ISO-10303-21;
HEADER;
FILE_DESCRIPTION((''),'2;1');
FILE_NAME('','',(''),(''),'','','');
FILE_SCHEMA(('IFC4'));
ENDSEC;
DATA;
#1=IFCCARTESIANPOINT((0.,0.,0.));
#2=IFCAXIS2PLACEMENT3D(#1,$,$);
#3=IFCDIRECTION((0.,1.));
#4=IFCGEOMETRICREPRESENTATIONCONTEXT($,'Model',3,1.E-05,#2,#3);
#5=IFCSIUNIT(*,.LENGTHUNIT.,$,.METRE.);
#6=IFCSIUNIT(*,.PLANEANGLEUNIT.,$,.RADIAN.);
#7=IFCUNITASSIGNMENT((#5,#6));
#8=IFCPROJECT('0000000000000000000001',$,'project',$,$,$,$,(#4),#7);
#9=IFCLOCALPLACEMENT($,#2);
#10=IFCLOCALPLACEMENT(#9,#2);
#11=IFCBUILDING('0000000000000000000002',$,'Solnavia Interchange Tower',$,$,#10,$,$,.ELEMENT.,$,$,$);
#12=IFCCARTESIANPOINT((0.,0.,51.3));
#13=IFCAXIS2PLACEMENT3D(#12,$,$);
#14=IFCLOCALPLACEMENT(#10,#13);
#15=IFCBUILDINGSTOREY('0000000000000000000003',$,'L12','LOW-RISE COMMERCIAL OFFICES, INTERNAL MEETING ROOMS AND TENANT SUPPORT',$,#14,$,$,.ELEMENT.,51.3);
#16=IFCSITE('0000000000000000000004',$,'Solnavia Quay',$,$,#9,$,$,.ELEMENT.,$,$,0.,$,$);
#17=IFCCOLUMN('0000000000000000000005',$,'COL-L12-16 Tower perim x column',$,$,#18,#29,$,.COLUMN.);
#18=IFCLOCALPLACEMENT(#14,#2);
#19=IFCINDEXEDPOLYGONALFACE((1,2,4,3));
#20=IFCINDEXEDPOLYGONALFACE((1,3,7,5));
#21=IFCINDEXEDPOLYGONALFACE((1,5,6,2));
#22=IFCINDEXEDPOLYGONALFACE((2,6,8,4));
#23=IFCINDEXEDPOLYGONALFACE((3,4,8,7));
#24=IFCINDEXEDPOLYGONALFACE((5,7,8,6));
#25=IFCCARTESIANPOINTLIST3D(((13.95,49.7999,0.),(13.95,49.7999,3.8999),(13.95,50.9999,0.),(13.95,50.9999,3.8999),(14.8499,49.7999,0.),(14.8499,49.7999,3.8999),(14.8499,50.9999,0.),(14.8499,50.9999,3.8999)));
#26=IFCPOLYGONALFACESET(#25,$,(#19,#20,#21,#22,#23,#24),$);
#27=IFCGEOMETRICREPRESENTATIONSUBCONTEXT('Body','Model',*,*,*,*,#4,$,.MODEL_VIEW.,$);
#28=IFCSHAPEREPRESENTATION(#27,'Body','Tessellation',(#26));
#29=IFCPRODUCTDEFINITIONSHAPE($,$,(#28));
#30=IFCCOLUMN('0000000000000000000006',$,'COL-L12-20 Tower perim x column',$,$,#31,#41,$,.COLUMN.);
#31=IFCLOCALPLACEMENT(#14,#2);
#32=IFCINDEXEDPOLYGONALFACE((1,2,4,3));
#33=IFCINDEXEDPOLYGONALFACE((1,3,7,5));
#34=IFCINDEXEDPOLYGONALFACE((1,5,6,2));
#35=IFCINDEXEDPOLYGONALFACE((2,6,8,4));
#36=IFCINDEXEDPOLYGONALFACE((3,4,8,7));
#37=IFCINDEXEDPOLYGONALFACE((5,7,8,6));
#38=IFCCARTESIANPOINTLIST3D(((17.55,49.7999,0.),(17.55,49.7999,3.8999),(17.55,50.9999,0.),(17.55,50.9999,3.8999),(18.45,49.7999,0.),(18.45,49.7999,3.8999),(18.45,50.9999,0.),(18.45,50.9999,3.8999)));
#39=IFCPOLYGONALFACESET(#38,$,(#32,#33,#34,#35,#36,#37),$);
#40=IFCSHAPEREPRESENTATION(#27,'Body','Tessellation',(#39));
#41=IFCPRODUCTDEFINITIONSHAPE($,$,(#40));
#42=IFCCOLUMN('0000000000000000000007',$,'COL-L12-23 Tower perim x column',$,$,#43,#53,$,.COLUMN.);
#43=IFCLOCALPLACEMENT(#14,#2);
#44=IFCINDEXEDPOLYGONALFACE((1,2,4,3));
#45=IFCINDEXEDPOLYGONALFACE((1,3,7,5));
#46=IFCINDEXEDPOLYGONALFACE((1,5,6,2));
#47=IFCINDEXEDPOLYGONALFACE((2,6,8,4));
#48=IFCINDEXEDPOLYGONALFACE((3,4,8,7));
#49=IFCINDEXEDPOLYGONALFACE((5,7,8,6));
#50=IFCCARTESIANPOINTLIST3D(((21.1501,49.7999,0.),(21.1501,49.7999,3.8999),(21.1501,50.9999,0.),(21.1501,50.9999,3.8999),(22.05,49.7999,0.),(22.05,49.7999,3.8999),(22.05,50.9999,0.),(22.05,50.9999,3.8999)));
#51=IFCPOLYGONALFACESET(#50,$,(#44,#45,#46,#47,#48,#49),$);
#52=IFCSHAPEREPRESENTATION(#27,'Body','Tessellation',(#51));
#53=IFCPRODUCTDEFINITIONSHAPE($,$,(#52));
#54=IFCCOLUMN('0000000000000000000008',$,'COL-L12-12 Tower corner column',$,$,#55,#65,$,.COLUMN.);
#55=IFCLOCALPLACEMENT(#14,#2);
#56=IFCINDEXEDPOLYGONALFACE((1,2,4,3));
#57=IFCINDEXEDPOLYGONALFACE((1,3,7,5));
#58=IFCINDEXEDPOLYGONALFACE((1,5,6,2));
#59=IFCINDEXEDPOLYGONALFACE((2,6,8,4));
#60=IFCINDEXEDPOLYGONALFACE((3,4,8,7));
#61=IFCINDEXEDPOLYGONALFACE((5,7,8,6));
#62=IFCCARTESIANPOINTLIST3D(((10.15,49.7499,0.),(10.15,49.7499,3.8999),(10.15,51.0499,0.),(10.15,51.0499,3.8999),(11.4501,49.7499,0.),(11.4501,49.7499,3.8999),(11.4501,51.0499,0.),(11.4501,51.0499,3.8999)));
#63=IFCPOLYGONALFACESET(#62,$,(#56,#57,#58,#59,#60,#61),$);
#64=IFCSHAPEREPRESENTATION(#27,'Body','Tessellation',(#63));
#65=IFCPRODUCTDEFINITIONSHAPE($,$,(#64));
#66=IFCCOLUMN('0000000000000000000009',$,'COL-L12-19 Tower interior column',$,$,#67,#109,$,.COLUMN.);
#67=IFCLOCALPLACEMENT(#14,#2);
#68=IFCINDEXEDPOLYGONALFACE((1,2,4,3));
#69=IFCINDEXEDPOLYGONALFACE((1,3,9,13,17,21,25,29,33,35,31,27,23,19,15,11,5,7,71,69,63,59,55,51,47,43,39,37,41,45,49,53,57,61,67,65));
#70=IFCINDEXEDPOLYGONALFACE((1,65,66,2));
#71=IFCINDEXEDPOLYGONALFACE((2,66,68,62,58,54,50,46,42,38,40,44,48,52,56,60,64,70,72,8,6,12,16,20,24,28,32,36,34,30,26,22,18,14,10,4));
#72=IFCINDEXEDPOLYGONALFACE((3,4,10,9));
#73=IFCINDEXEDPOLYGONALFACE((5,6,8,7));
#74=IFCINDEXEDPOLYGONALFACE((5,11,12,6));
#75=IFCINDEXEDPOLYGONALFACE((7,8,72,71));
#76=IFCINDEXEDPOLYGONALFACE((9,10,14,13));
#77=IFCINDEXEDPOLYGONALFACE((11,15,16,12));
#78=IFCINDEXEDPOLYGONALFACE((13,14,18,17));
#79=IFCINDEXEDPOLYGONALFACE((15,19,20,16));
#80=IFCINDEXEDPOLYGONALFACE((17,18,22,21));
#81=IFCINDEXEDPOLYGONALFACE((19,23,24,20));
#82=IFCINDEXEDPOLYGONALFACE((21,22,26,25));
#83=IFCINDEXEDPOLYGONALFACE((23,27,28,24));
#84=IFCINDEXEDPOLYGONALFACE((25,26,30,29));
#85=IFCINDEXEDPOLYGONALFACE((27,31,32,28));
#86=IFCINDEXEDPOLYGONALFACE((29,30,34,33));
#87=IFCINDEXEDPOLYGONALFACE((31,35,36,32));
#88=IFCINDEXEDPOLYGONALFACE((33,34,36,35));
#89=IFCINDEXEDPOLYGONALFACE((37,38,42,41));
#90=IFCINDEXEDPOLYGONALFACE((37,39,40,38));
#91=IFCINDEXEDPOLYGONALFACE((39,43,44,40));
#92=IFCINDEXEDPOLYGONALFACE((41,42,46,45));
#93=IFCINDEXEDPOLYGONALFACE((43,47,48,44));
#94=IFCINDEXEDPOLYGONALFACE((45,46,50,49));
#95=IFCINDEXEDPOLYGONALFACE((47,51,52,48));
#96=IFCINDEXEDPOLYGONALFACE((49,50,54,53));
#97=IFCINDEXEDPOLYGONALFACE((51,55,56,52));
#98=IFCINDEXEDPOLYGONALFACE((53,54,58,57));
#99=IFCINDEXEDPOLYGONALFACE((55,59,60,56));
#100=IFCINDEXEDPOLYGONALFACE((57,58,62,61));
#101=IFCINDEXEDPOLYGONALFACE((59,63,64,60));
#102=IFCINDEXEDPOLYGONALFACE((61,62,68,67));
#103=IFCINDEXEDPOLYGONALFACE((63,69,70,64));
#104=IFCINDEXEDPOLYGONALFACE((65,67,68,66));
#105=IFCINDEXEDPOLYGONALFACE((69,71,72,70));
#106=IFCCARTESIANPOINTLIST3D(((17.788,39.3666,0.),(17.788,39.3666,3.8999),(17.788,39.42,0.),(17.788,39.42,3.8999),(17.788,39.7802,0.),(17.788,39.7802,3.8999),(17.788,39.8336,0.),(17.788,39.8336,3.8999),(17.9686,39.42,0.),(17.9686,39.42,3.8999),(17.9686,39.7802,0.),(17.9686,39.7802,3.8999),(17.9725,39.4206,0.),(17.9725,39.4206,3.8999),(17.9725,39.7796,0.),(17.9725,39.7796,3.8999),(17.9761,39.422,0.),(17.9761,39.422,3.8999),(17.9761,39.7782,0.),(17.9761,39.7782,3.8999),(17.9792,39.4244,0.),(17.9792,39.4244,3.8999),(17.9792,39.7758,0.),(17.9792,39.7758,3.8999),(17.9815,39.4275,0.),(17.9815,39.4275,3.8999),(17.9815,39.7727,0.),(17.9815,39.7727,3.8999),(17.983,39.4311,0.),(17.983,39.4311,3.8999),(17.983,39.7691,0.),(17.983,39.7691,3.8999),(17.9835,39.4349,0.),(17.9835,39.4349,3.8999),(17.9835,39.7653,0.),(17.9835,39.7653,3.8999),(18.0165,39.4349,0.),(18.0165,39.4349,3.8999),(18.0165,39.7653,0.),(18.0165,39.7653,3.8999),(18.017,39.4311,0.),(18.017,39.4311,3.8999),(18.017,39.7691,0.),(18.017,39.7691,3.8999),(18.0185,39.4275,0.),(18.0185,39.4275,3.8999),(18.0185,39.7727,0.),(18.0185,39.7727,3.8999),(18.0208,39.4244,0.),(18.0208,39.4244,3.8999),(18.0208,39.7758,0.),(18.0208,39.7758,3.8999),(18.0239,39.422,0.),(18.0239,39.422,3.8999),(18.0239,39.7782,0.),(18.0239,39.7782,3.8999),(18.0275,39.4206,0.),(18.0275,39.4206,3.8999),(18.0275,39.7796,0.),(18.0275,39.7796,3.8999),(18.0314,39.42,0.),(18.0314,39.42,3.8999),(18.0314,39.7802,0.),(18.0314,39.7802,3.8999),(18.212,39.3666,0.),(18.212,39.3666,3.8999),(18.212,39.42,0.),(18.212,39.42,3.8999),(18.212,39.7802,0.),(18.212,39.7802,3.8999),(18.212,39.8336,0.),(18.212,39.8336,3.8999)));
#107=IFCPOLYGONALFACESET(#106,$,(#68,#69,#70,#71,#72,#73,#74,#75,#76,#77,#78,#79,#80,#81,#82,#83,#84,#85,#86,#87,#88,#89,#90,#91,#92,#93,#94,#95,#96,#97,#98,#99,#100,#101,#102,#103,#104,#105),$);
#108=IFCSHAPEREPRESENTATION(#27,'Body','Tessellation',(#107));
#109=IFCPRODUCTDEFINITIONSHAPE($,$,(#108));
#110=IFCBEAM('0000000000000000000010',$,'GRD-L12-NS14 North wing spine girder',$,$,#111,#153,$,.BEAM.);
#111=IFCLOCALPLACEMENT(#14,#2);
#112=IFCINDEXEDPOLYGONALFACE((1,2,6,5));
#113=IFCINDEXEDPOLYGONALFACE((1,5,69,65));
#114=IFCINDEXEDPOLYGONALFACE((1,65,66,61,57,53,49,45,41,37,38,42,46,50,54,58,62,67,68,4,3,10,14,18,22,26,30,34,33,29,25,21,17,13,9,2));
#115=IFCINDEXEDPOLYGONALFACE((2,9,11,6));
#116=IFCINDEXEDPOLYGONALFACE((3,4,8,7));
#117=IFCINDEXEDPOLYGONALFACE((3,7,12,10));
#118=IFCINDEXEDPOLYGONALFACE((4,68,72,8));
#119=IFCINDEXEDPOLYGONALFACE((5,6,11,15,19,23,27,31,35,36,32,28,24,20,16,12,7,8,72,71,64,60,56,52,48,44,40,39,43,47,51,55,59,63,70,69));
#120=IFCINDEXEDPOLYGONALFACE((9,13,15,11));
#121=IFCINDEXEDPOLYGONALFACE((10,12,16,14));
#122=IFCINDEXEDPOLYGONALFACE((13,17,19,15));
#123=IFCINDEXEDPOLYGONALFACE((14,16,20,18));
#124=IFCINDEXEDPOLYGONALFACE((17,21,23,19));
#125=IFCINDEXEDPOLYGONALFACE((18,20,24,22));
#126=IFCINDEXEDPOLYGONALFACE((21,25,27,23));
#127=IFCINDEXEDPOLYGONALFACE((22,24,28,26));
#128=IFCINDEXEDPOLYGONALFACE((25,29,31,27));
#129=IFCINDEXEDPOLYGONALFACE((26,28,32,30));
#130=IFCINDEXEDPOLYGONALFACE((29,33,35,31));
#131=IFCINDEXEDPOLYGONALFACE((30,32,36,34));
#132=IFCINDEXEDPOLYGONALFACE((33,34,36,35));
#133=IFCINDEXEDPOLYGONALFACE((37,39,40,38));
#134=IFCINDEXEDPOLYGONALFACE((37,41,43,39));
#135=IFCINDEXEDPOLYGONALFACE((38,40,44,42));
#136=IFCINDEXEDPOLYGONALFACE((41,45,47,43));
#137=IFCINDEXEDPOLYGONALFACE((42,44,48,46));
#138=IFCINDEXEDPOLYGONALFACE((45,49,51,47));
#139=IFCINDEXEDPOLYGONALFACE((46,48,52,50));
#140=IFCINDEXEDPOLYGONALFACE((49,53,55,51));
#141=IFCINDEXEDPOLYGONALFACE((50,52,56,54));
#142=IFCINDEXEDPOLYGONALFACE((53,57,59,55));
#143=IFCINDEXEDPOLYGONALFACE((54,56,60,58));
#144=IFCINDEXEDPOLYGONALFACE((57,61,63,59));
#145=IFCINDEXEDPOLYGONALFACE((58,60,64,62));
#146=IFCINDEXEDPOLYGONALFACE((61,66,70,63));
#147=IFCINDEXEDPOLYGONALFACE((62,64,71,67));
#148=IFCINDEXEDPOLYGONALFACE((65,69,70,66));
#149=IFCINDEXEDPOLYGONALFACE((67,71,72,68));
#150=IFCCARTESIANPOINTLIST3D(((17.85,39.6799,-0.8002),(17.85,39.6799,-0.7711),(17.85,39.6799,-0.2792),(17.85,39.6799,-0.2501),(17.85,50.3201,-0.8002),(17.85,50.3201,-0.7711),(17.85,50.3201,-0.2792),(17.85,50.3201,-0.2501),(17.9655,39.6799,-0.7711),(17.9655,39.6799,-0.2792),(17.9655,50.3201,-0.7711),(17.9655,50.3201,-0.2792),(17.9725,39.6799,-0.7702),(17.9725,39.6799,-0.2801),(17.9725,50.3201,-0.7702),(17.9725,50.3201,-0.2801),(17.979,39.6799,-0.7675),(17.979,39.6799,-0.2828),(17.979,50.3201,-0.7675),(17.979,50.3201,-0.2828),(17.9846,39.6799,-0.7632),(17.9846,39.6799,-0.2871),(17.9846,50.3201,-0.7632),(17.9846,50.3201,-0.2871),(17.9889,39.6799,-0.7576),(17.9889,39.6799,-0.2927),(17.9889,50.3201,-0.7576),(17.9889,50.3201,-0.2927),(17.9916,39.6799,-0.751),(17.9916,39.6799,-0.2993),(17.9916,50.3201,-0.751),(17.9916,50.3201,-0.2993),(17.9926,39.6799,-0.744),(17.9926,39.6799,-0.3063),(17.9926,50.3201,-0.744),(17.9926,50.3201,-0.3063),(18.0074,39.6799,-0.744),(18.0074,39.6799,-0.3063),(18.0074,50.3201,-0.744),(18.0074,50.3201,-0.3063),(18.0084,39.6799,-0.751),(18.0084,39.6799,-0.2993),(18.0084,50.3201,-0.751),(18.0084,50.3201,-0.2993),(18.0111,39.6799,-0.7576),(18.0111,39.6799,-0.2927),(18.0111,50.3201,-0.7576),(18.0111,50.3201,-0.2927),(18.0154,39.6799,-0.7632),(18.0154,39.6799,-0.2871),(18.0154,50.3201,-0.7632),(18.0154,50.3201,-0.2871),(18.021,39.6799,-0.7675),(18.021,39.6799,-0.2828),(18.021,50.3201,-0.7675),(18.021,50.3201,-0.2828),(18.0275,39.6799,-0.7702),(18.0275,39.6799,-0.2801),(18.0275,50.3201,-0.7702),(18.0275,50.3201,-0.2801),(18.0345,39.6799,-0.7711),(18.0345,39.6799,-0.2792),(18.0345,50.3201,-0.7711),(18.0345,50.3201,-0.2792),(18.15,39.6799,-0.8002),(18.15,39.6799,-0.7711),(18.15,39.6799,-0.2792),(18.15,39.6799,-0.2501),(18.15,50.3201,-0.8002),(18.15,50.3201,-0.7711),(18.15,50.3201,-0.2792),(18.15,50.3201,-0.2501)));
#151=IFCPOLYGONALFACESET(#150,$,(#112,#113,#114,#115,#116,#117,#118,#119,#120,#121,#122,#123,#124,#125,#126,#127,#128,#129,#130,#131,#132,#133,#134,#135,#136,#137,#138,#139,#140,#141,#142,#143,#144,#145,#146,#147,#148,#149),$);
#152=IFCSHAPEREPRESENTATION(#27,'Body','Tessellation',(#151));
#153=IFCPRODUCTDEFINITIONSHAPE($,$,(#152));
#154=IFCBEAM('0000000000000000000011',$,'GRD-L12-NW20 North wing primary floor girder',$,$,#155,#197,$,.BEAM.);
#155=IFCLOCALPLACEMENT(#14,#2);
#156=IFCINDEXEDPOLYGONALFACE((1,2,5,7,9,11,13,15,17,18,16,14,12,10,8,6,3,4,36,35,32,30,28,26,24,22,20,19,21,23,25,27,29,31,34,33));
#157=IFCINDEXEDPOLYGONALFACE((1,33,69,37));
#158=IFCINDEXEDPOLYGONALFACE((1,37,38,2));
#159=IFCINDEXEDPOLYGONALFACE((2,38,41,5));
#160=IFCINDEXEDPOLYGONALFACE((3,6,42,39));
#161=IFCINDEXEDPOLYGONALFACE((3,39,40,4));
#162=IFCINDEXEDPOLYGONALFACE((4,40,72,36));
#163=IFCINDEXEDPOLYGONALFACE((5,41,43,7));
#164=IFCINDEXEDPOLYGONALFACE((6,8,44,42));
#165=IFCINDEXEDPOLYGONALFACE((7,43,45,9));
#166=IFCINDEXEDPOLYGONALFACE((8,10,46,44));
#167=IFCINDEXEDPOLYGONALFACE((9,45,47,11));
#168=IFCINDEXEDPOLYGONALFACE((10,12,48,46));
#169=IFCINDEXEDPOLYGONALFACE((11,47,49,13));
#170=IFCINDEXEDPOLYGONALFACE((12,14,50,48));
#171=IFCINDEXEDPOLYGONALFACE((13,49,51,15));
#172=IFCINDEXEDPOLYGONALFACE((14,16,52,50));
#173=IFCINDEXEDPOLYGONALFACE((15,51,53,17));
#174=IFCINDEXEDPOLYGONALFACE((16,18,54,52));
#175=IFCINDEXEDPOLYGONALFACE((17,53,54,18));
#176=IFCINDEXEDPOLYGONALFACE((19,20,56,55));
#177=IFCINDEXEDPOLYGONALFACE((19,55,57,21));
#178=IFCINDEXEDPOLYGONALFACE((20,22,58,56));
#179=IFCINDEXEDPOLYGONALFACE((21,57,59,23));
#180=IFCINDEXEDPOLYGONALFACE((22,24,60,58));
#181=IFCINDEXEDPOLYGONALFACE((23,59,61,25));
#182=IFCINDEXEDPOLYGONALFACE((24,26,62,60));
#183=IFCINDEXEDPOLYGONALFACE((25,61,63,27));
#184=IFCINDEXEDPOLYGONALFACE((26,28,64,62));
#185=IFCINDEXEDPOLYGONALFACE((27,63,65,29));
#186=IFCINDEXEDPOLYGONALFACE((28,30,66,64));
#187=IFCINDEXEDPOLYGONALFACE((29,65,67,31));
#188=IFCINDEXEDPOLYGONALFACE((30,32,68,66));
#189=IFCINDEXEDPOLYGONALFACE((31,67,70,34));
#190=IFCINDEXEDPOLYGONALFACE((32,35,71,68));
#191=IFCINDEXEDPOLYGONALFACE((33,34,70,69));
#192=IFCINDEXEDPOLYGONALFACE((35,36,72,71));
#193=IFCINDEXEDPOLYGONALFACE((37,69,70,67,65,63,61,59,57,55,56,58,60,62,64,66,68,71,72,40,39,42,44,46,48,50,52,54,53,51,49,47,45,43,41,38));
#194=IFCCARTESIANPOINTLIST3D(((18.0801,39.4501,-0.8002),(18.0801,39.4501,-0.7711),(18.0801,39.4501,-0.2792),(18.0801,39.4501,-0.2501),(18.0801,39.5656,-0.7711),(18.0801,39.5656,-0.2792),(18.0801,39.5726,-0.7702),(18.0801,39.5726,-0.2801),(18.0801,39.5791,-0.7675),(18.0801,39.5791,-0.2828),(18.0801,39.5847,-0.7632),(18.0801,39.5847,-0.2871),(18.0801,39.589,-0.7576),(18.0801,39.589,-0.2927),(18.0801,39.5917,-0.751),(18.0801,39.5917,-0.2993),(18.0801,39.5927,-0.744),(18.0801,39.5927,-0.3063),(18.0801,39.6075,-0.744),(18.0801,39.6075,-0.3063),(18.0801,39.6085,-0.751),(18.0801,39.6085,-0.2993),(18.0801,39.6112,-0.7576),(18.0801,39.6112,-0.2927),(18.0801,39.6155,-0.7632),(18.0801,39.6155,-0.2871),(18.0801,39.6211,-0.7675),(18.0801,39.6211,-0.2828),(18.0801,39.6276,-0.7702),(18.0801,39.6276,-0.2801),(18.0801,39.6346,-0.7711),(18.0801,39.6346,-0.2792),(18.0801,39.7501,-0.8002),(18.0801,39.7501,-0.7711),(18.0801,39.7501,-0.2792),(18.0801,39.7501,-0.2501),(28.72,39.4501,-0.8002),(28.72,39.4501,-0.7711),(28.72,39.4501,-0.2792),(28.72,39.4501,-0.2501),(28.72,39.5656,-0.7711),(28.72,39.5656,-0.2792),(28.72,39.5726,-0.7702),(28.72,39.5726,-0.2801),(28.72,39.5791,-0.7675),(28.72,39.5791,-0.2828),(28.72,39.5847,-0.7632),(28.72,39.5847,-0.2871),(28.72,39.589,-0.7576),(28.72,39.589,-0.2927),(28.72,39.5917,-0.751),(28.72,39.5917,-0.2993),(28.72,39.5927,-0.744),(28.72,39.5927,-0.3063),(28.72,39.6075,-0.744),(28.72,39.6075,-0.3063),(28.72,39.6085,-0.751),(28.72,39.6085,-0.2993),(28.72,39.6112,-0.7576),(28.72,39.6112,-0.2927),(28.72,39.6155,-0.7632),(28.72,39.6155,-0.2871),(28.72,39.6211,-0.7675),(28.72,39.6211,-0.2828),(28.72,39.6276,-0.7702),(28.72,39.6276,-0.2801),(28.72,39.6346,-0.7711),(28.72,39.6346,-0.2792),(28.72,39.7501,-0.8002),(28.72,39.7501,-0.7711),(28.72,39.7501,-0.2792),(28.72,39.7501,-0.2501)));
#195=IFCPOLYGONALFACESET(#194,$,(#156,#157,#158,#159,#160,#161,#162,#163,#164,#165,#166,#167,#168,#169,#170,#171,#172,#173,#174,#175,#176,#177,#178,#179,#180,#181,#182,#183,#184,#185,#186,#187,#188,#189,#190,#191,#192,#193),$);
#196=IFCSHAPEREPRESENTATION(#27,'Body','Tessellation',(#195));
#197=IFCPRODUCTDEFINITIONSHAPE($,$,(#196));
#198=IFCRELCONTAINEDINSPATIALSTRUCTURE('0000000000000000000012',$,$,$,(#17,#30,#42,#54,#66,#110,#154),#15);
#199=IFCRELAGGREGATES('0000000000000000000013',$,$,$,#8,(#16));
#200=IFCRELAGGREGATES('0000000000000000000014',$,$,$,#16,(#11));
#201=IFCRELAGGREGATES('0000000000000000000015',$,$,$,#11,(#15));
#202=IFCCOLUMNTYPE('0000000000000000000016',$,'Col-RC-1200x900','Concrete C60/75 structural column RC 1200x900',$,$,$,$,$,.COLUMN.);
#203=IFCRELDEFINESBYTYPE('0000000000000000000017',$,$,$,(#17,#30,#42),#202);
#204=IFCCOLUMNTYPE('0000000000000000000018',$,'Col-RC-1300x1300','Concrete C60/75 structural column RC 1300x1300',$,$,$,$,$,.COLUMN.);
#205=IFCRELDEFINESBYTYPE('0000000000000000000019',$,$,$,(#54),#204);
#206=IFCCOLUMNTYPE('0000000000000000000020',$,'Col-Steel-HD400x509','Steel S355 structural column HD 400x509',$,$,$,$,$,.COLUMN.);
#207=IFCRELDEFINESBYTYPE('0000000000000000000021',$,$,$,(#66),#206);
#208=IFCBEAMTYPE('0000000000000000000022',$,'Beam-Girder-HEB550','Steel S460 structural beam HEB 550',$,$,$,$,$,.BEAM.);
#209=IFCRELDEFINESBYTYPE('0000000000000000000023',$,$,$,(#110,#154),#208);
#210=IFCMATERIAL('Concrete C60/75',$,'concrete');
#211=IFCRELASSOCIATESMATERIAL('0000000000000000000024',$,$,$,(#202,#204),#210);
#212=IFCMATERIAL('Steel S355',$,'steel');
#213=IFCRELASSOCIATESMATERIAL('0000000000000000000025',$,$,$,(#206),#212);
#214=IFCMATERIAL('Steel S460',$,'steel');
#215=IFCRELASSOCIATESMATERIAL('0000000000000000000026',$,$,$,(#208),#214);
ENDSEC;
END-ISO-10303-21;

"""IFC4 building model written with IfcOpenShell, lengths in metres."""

from ifc_helpers import new_model, si_unit, direction, frame, origin, origin_2d, place, context, subcontext, project, spatial, rectangle, i_section, extrude, material, material_profile, profile_set, type_object, element, save


model = new_model("IFC4")

# Units and contexts
model_context = context("Model", 3, precision=1e-05, world=origin(), true_north=direction((0.0, 1.0)))
body_context = subcontext(model_context, "Body", "Model", "MODEL_VIEW")
ifc_project = project(units=[si_unit("LENGTHUNIT", "METRE"), si_unit("PLANEANGLEUNIT", "RADIAN")], contexts=[model_context])

# Site, building, storey
site_placement = place(None, origin())
site = spatial("IfcSite", under=ifc_project, at=site_placement, Name="Solnavia Quay", CompositionType="ELEMENT", RefElevation=0.0)
building_placement = place(site_placement, origin())
building = spatial("IfcBuilding", under=site, at=building_placement, Name="Solnavia Interchange Tower", CompositionType="ELEMENT")
storey_placement = place(building_placement, frame((0.0, 0.0, 51.3)))
storey = spatial("IfcBuildingStorey", under=building, at=storey_placement, Name="L12", Description="LOW-RISE COMMERCIAL OFFICES, INTERNAL MEETING ROOMS AND TENANT SUPPORT", CompositionType="ELEMENT", Elevation=51.3)

# Columns
ifc_material_1 = material(Name="Concrete C60/75", Category="concrete")
ifc_material_profile_1 = material_profile(ifc_material_1, rectangle(XDim=0.8999, YDim=1.2, at=origin_2d()), Name="RC 1200x900")
ifc_profile_set_1 = profile_set([ifc_material_profile_1], Name="Concrete C60/75")
column_type_1 = type_object("IfcColumnType", Name="Col-RC-1200x900", Description="Concrete C60/75 structural column RC 1200x900", PredefinedType="COLUMN", material=ifc_profile_set_1)
for number, where, z_axis, x_axis, name in (
    (1, (14.3999, 50.3999, 0.0), (0.0, 0.0, 1.0), (1.0, 0.0, 0.0), "COL-L12-16 Tower perim x column"),
    (2, (18.0, 50.3999, 0.0), (0.0, 0.0, 1.0), (1.0, 0.0, 0.0), "COL-L12-20 Tower perim x column"),
    (3, (21.6001, 50.3999, 0.0), (0.0, 0.0, 1.0), (1.0, 0.0, 0.0), "COL-L12-23 Tower perim x column"),
):
    element("IfcColumn", number, at=place(storey_placement, frame(where, z_axis=z_axis, x_axis=x_axis)), inside=storey, type_object=column_type_1, Name=name, PredefinedType="COLUMN", context=body_context, shape_type="SweptSolid", body=[
        extrude(rectangle(XDim=0.8999, YDim=1.2, at=origin_2d()), origin(), (0.0, 0.0, 1.0), 3.8999),
    ])
ifc_material_profile_2 = material_profile(ifc_material_1, rectangle(XDim=1.3, YDim=1.3, at=origin_2d()), Name="RC 1300x1300")
ifc_profile_set_2 = profile_set([ifc_material_profile_2], Name="Concrete C60/75")
column_type_2 = type_object("IfcColumnType", Name="Col-RC-1300x1300", Description="Concrete C60/75 structural column RC 1300x1300", PredefinedType="COLUMN", material=ifc_profile_set_2)
column_1_placement = place(storey_placement, frame((10.8, 50.3999, 0.0), z_axis=(0.0, 0.0, 1.0), x_axis=(1.0, 0.0, 0.0)))
element("IfcColumn", 4, at=column_1_placement, inside=storey, type_object=column_type_2, Name="COL-L12-12 Tower corner column", PredefinedType="COLUMN", context=body_context, shape_type="SweptSolid", body=[
    extrude(rectangle(XDim=1.3, YDim=1.3, at=origin_2d()), origin(), (0.0, 0.0, 1.0), 3.8999),
])
ifc_material_2 = material(Name="Steel S355", Category="steel")
ifc_material_profile_3 = material_profile(ifc_material_2, i_section(OverallWidth=0.4241, OverallDepth=0.467, WebThickness=0.033, FlangeThickness=0.0535, FilletRadius=0.0149, at=origin_2d()), Name="HD 400x509")
ifc_profile_set_3 = profile_set([ifc_material_profile_3], Name="Steel S355")
column_type_3 = type_object("IfcColumnType", Name="Col-Steel-HD400x509", Description="Steel S355 structural column HD 400x509", PredefinedType="COLUMN", material=ifc_profile_set_3)
column_2_placement = place(storey_placement, frame((18.0, 39.6001, 0.0), z_axis=(0.0, 0.0, 1.0), x_axis=(1.0, 0.0, 0.0)))
element("IfcColumn", 5, at=column_2_placement, inside=storey, type_object=column_type_3, Name="COL-L12-19 Tower interior column", PredefinedType="COLUMN", context=body_context, shape_type="SweptSolid", body=[
    extrude(i_section(OverallWidth=0.4241, OverallDepth=0.467, WebThickness=0.033, FlangeThickness=0.0535, FilletRadius=0.0149, at=origin_2d()), origin(), (0.0, 0.0, 1.0), 3.8999),
])

# Beams
ifc_material_3 = material(Name="Steel S460", Category="steel")
ifc_material_profile_4 = material_profile(ifc_material_3, i_section(OverallWidth=0.3, OverallDepth=0.55, WebThickness=0.0149, FlangeThickness=0.0291, FilletRadius=0.0271, at=origin_2d()), Name="HEB 550")
ifc_profile_set_4 = profile_set([ifc_material_profile_4], Name="Steel S460")
beam_type_1 = type_object("IfcBeamType", Name="Beam-Girder-HEB550", Description="Steel S460 structural beam HEB 550", PredefinedType="BEAM", material=ifc_profile_set_4)
beam_1_placement = place(storey_placement, frame((18.0, 39.6799, -0.5251), z_axis=(0.0, 1.0, 0.0), x_axis=(-1.0, 0.0, 0.0)))
element("IfcBeam", 6, at=beam_1_placement, inside=storey, type_object=beam_type_1, Name="GRD-L12-NS14 North wing spine girder", PredefinedType="BEAM", context=body_context, shape_type="SweptSolid", body=[
    extrude(i_section(OverallWidth=0.3, OverallDepth=0.55, WebThickness=0.0149, FlangeThickness=0.0291, FilletRadius=0.0271, at=origin_2d()), origin(), (0.0, 0.0, 1.0), 10.6401),
])
beam_2_placement = place(storey_placement, frame((18.0801, 39.6001, -0.5251), z_axis=(1.0, 0.0, 0.0), x_axis=(0.0, 1.0, 0.0)))
element("IfcBeam", 7, at=beam_2_placement, inside=storey, type_object=beam_type_1, Name="GRD-L12-NW20 North wing primary floor girder", PredefinedType="BEAM", context=body_context, shape_type="SweptSolid", body=[
    extrude(i_section(OverallWidth=0.3, OverallDepth=0.55, WebThickness=0.0149, FlangeThickness=0.0291, FilletRadius=0.0271, at=origin_2d()), origin(), (0.0, 0.0, 1.0), 10.6399),
])

save(model, "model.ifc")
